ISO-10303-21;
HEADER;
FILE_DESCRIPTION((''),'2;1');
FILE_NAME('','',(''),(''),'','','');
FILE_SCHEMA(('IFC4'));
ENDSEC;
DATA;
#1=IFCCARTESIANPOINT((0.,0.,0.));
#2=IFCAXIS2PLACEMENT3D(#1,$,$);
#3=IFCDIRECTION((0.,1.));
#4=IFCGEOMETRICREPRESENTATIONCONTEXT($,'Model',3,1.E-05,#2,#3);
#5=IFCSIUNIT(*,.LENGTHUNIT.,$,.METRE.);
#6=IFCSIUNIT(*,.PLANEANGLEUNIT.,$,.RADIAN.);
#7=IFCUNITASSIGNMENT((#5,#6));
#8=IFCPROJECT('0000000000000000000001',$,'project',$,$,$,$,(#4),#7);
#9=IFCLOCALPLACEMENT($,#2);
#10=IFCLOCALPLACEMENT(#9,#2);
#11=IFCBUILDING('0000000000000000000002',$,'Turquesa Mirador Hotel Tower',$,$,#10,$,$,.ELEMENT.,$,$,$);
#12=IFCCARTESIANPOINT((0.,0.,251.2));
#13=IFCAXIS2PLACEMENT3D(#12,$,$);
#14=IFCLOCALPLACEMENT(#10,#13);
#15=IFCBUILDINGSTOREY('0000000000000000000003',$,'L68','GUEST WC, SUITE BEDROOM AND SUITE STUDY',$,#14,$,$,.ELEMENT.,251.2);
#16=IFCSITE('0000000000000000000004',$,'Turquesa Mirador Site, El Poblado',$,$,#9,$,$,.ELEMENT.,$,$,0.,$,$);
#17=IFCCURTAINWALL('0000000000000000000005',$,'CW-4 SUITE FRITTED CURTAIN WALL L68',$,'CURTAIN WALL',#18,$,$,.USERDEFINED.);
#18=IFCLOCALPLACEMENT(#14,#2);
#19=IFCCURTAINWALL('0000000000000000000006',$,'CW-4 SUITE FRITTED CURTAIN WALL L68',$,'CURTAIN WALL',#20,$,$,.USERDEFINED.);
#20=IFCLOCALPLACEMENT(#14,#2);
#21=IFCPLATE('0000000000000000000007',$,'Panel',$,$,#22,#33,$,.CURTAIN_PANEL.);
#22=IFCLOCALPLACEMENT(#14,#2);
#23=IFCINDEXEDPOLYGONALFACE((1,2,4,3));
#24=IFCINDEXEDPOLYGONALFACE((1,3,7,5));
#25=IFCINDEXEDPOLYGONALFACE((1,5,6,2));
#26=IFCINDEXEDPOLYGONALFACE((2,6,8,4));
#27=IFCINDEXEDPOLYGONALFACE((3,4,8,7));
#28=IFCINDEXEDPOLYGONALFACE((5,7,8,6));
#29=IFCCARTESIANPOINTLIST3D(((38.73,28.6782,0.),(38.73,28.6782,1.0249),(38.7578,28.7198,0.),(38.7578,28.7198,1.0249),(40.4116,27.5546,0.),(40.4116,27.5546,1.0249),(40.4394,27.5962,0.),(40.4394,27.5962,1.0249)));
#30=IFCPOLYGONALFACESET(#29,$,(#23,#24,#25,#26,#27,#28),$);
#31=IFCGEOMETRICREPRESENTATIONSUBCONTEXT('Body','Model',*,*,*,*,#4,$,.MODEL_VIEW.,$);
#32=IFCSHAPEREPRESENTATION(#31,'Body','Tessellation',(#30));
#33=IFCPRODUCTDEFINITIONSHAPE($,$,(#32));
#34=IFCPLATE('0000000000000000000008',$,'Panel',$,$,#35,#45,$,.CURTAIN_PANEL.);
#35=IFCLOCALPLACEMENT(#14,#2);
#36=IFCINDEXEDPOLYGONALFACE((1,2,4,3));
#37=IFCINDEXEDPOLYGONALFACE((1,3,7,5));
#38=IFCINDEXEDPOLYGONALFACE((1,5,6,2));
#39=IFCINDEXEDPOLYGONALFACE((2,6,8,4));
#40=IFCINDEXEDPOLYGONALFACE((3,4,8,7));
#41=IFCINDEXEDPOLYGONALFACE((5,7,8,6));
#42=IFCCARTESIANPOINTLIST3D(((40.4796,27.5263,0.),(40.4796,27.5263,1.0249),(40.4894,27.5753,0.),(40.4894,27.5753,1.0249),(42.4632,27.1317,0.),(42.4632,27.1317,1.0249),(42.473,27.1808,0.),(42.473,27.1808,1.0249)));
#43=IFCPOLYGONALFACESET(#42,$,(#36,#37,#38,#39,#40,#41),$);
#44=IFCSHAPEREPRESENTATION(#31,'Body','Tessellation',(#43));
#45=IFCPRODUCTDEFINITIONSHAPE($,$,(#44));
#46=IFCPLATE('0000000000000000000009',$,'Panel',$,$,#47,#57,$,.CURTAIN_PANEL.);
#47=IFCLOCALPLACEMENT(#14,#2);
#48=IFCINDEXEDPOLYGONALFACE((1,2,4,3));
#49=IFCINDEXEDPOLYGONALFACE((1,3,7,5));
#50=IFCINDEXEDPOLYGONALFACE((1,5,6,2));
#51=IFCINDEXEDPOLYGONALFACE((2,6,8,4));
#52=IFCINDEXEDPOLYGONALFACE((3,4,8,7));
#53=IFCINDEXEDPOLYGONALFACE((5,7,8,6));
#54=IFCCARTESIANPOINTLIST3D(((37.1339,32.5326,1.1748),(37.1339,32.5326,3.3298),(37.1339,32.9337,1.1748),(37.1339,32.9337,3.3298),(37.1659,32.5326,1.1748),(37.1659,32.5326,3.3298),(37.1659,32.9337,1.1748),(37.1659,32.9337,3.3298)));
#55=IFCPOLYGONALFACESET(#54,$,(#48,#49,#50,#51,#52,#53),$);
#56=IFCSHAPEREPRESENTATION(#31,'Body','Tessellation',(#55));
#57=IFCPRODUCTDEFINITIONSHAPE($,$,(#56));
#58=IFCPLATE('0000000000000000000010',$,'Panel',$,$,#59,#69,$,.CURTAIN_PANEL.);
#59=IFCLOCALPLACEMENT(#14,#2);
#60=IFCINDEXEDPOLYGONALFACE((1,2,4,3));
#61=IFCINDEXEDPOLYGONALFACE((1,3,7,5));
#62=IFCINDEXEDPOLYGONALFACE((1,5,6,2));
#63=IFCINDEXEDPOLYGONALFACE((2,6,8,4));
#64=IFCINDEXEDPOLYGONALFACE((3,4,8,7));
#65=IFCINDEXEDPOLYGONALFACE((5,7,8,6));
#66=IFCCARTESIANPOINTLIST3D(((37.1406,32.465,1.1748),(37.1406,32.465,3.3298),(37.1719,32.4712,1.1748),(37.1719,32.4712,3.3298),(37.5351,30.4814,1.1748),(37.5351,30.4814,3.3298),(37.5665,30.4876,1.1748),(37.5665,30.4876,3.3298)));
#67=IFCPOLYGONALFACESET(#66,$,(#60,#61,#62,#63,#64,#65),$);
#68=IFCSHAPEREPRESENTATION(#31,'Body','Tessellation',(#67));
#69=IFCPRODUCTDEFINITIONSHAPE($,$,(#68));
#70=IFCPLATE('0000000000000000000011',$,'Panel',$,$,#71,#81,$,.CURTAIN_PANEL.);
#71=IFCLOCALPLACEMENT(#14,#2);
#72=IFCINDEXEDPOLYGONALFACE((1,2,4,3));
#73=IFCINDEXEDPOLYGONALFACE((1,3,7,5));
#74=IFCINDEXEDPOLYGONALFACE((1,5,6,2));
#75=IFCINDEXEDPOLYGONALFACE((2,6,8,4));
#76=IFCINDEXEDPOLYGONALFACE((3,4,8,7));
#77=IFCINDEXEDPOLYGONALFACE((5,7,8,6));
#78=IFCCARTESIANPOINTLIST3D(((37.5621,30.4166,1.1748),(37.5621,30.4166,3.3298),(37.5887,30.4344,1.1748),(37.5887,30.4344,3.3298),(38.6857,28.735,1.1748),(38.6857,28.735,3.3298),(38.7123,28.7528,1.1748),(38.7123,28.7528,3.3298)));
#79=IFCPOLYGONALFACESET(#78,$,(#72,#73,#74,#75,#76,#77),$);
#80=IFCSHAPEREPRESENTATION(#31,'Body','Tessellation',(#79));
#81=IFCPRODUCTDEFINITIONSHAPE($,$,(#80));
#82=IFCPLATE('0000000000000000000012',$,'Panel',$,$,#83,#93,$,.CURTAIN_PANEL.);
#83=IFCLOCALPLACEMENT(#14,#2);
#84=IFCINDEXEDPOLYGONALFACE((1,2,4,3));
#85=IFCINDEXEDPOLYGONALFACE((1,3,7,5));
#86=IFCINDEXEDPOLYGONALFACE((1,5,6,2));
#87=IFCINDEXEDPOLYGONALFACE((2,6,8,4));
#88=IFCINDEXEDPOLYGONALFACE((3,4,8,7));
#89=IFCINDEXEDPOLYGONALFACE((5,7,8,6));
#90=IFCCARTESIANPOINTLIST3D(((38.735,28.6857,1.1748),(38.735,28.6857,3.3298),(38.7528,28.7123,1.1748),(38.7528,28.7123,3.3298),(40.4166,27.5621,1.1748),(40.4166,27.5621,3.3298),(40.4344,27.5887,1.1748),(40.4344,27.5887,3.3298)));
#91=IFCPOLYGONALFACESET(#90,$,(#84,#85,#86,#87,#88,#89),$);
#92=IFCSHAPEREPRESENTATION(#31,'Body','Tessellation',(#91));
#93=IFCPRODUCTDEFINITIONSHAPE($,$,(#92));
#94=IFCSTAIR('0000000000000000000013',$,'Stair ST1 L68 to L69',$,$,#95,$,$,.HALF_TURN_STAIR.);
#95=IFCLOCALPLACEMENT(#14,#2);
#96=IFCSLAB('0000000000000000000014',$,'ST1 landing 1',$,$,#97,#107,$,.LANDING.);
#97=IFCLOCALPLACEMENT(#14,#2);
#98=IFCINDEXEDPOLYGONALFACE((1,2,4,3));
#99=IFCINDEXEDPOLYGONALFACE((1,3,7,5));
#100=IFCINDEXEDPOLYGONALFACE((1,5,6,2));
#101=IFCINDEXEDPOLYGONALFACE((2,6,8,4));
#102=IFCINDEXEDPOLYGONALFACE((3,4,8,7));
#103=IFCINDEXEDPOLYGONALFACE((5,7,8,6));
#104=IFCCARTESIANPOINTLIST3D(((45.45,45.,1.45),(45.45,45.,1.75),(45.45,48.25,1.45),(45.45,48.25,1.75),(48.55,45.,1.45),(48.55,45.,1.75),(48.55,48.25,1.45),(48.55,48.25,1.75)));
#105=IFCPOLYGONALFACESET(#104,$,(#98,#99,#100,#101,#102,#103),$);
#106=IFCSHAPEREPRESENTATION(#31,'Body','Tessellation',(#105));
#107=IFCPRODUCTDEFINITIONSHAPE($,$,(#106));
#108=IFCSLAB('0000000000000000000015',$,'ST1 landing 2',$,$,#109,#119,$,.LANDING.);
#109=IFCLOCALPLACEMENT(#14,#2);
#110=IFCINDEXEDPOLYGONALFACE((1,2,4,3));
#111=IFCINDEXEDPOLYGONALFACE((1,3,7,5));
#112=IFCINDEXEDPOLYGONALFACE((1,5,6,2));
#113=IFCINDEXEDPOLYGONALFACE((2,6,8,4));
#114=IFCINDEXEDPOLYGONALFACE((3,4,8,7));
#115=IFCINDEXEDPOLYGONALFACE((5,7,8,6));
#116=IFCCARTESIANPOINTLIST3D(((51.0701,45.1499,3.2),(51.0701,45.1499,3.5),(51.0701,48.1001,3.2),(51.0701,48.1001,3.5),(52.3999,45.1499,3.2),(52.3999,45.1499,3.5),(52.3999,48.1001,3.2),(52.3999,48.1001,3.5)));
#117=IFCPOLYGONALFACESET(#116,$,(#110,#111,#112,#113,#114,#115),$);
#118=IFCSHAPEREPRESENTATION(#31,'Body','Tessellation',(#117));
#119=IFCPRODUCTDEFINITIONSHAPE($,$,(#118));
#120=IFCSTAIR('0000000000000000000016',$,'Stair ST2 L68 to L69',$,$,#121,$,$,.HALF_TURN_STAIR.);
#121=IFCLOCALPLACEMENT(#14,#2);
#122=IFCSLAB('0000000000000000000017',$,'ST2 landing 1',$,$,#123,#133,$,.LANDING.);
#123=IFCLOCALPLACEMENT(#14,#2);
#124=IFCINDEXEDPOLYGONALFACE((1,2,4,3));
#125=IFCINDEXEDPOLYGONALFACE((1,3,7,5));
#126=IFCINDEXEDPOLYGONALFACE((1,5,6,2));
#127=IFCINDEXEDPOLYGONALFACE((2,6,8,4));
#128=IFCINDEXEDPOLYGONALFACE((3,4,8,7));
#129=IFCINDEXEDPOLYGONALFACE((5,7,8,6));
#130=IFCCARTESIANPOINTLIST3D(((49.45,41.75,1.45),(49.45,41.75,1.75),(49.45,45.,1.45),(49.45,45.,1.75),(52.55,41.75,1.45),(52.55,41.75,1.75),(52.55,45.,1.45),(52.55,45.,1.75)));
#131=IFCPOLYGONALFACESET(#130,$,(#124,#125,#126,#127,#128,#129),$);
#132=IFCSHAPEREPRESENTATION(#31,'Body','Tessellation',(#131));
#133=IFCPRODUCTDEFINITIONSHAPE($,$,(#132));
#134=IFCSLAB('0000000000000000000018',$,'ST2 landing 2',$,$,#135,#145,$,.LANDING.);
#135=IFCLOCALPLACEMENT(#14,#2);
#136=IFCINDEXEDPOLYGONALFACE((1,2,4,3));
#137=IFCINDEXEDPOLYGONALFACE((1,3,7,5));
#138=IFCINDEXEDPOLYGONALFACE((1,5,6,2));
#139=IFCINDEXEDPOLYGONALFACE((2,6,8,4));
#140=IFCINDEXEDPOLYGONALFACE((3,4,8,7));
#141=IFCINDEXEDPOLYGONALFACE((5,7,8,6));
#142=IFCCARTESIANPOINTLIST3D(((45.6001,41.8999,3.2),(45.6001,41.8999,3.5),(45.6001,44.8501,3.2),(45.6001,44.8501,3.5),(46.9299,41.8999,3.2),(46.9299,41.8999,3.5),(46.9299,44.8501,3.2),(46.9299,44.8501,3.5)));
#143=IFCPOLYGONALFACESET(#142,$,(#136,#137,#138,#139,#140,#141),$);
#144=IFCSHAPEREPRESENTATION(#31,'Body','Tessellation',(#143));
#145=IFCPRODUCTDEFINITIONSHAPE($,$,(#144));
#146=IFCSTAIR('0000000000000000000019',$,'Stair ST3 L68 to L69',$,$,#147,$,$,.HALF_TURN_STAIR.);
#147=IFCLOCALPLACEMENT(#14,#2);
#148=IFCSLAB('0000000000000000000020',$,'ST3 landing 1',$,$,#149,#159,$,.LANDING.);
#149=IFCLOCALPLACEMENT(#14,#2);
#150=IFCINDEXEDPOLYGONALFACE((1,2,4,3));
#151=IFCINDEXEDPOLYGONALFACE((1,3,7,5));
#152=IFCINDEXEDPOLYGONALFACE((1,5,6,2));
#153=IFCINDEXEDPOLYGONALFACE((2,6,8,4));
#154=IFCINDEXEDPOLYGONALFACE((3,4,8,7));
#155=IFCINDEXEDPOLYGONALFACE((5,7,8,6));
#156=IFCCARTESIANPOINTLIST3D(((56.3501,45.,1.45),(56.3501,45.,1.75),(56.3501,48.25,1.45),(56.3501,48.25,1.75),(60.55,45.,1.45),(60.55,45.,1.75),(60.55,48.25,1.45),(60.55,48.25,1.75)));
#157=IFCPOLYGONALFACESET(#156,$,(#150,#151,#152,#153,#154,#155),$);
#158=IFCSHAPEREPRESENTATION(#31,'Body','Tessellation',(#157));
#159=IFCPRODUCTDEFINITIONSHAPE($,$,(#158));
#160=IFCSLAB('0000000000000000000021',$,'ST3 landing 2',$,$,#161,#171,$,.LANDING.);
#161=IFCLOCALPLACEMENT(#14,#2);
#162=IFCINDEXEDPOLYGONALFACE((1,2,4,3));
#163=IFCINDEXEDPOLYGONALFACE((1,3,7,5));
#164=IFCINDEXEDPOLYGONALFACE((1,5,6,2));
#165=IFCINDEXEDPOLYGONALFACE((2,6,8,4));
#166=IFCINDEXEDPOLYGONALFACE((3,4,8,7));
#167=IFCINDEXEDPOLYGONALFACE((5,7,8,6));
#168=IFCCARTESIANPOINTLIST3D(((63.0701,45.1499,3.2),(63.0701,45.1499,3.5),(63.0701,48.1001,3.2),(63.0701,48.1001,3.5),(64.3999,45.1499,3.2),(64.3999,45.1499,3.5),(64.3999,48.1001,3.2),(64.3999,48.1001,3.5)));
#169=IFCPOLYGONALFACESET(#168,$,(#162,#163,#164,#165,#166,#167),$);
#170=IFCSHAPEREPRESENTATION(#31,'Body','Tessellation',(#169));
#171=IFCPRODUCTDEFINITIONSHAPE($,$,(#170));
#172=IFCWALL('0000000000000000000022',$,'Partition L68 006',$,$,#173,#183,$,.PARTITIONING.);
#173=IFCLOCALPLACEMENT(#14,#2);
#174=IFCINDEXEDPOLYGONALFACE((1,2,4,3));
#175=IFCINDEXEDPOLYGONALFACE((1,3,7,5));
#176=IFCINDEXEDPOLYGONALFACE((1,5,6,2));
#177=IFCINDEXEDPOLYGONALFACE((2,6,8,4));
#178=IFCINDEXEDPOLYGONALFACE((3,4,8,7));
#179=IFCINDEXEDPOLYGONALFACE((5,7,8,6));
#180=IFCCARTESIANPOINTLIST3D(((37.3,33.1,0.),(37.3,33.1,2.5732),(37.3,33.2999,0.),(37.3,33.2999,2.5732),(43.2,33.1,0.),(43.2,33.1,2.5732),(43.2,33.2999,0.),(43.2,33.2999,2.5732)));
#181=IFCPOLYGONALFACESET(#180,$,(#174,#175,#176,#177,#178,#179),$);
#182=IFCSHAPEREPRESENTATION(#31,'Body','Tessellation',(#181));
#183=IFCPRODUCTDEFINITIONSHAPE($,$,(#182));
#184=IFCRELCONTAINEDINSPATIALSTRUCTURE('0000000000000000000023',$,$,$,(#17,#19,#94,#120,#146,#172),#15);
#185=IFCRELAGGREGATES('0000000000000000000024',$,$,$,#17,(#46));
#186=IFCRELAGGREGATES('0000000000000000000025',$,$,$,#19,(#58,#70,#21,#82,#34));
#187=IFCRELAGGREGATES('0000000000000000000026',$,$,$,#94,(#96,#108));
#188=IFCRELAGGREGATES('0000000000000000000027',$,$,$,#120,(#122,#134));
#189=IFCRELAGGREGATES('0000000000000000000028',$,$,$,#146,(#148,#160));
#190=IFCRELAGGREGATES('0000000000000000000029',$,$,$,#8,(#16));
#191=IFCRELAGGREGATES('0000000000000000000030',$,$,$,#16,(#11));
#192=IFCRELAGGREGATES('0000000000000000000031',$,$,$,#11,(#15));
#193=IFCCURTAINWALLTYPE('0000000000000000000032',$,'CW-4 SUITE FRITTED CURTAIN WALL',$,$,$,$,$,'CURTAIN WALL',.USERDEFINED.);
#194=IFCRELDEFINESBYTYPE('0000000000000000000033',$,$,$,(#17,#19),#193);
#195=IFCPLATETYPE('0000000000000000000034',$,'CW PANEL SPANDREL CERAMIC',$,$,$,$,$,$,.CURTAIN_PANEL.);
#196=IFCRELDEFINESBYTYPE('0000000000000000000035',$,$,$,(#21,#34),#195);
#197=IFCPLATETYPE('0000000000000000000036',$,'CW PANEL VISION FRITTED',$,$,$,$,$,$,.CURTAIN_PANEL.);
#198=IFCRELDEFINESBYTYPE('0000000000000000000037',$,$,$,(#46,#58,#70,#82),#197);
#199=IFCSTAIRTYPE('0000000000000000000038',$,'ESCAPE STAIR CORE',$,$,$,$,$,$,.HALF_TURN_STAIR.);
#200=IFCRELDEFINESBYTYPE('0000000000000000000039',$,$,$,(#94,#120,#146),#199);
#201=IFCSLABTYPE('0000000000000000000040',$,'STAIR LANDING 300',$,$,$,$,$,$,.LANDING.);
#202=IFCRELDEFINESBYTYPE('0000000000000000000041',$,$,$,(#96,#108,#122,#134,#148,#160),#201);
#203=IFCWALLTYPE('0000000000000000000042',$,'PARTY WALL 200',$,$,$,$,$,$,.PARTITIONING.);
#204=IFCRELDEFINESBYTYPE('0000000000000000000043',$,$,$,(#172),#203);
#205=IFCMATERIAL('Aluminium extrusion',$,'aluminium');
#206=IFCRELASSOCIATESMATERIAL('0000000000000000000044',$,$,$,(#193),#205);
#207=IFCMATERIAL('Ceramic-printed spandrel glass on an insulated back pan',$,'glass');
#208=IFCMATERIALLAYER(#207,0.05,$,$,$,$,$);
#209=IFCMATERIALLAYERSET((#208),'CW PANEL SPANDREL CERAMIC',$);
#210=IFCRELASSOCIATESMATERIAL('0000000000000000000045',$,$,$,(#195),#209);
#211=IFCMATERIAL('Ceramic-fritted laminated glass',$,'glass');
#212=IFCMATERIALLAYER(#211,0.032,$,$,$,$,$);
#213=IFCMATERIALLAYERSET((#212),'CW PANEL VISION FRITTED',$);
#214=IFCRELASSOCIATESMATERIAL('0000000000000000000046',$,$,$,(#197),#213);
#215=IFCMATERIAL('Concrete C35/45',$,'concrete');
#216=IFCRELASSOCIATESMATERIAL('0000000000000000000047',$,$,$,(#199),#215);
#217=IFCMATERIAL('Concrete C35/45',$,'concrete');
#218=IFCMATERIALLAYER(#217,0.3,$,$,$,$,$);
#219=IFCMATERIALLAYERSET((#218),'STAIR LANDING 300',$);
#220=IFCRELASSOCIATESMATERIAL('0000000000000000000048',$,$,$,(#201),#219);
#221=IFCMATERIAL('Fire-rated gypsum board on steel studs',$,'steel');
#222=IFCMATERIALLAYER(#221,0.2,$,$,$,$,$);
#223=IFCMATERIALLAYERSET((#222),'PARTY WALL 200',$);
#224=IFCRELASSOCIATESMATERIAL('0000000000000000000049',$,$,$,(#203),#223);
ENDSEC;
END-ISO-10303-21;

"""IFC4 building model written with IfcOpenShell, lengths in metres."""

from ifc_helpers import new_model, si_unit, direction, frame, frame_2d, origin, origin_2d, place, context, subcontext, project, spatial, polyline, rectangle, outline, extrude, material, layer, layer_set, type_object, element, aggregate, save


model = new_model("IFC4")

# Units and contexts
model_context = context("Model", 3, precision=1e-05, world=origin(), true_north=direction((0.0, 1.0)))
body_context = subcontext(model_context, "Body", "Model", "MODEL_VIEW")
ifc_project = project(units=[si_unit("LENGTHUNIT", "METRE"), si_unit("PLANEANGLEUNIT", "RADIAN")], contexts=[model_context])

# Site, building, storey
site_placement = place(None, origin())
site = spatial("IfcSite", under=ifc_project, at=site_placement, Name="Turquesa Mirador Site, El Poblado", CompositionType="ELEMENT", RefElevation=0.0)
building_placement = place(site_placement, origin())
building = spatial("IfcBuilding", under=site, at=building_placement, Name="Turquesa Mirador Hotel Tower", CompositionType="ELEMENT")
storey_placement = place(building_placement, frame((0.0, 0.0, 251.2)))
storey = spatial("IfcBuildingStorey", under=building, at=storey_placement, Name="L68", Description="GUEST WC, SUITE BEDROOM AND SUITE STUDY", CompositionType="ELEMENT", Elevation=251.2)

# Curtain walls
ifc_material_1 = material(Name="Aluminium extrusion", Category="aluminium")
curtain_wall_type = type_object("IfcCurtainWallType", Name="CW-4 SUITE FRITTED CURTAIN WALL", ElementType="CURTAIN WALL", PredefinedType="USERDEFINED", material=ifc_material_1)
curtain_wall_1_placement = place(storey_placement, origin())
curtain_wall_1 = element("IfcCurtainWall", 1, at=curtain_wall_1_placement, inside=storey, type_object=curtain_wall_type, Name="CW-4 SUITE FRITTED CURTAIN WALL L68", ObjectType="CURTAIN WALL", PredefinedType="USERDEFINED")
curtain_wall_2_placement = place(storey_placement, origin())
curtain_wall_2 = element("IfcCurtainWall", 2, at=curtain_wall_2_placement, inside=storey, type_object=curtain_wall_type, Name="CW-4 SUITE FRITTED CURTAIN WALL L68", ObjectType="CURTAIN WALL", PredefinedType="USERDEFINED")

# Plates
ifc_material_2 = material(Name="Ceramic-printed spandrel glass on an insulated back pan", Category="glass")
ifc_layer_1 = layer(ifc_material_2, 0.05)
ifc_layer_set_1 = layer_set([ifc_layer_1], Name="CW PANEL SPANDREL CERAMIC")
plate_type_1 = type_object("IfcPlateType", Name="CW PANEL SPANDREL CERAMIC", PredefinedType="CURTAIN_PANEL", material=ifc_layer_set_1)
plate_1_placement = place(storey_placement, frame((39.5847, 28.1372, 0.0), z_axis=(0.0, 0.0, 1.0), x_axis=(0.83147, -0.55557, 0.0)))
plate_1 = element("IfcPlate", 3, at=plate_1_placement, type_object=plate_type_1, Name="Panel", PredefinedType="CURTAIN_PANEL", context=body_context, shape_type="SweptSolid", body=[
    extrude(rectangle(XDim=2.0225, YDim=0.05, at=origin_2d()), origin(), (0.0, 0.0, 1.0), 1.0249),
])
plate_2_placement = place(storey_placement, frame((41.4763, 27.3535, 0.0), z_axis=(0.0, 0.0, 1.0), x_axis=(0.980785, -0.195091, 0.0)))
plate_2 = element("IfcPlate", 4, at=plate_2_placement, type_object=plate_type_1, Name="Panel", PredefinedType="CURTAIN_PANEL", context=body_context, shape_type="SweptSolid", body=[
    extrude(rectangle(XDim=2.0225, YDim=0.05, at=origin_2d()), origin(), (0.0, 0.0, 1.0), 1.0249),
])
ifc_material_3 = material(Name="Ceramic-fritted laminated glass", Category="glass")
ifc_layer_2 = layer(ifc_material_3, 0.032)
ifc_layer_set_2 = layer_set([ifc_layer_2], Name="CW PANEL VISION FRITTED")
plate_type_2 = type_object("IfcPlateType", Name="CW PANEL VISION FRITTED", PredefinedType="CURTAIN_PANEL", material=ifc_layer_set_2)
plate_3_placement = place(storey_placement, frame((37.1499, 32.7332, 1.1748), z_axis=(0.0, 0.0, 1.0), x_axis=(0.0, -1.0, 0.0)))
plate_3 = element("IfcPlate", 5, at=plate_3_placement, type_object=plate_type_2, Name="Panel", PredefinedType="CURTAIN_PANEL", context=body_context, shape_type="SweptSolid", body=[
    extrude(rectangle(XDim=0.4011, YDim=0.032, at=origin_2d()), origin(), (0.0, 0.0, 1.0), 2.155),
])
aggregate(curtain_wall_1, [plate_3])
plate_4_placement = place(storey_placement, frame((37.3535, 31.4763, 1.1748), z_axis=(0.0, 0.0, 1.0), x_axis=(0.195091, -0.980785, 0.0)))
plate_4 = element("IfcPlate", 6, at=plate_4_placement, type_object=plate_type_2, Name="Panel", PredefinedType="CURTAIN_PANEL", context=body_context, shape_type="SweptSolid", body=[
    extrude(rectangle(XDim=2.0225, YDim=0.032, at=origin_2d()), origin(), (0.0, 0.0, 1.0), 2.155),
])
plate_5_placement = place(storey_placement, frame((38.1372, 29.5847, 1.1748), z_axis=(0.0, 0.0, 1.0), x_axis=(0.55557, -0.83147, 0.0)))
plate_5 = element("IfcPlate", 7, at=plate_5_placement, type_object=plate_type_2, Name="Panel", PredefinedType="CURTAIN_PANEL", context=body_context, shape_type="SweptSolid", body=[
    extrude(rectangle(XDim=2.0225, YDim=0.032, at=origin_2d()), origin(), (0.0, 0.0, 1.0), 2.155),
])
plate_6_placement = place(storey_placement, frame((39.5847, 28.1372, 1.1748), z_axis=(0.0, 0.0, 1.0), x_axis=(0.83147, -0.55557, 0.0)))
plate_6 = element("IfcPlate", 8, at=plate_6_placement, type_object=plate_type_2, Name="Panel", PredefinedType="CURTAIN_PANEL", context=body_context, shape_type="SweptSolid", body=[
    extrude(rectangle(XDim=2.0225, YDim=0.032, at=origin_2d()), origin(), (0.0, 0.0, 1.0), 2.155),
])
aggregate(curtain_wall_2, [plate_4, plate_5, plate_1, plate_6, plate_2])

# Stairs, slabs
ifc_material_4 = material(Name="Concrete C35/45", Category="concrete")
stair_type = type_object("IfcStairType", Name="ESCAPE STAIR CORE", PredefinedType="HALF_TURN_STAIR", material=ifc_material_4)
stair_1_placement = place(storey_placement, origin())
stair_1 = element("IfcStair", 9, at=stair_1_placement, inside=storey, type_object=stair_type, Name="Stair ST1 L68 to L69", PredefinedType="HALF_TURN_STAIR")
ifc_material_5 = material(Name="Concrete C35/45", Category="concrete")
ifc_layer_3 = layer(ifc_material_5, 0.3)
ifc_layer_set_3 = layer_set([ifc_layer_3], Name="STAIR LANDING 300")
slab_type_1 = type_object("IfcSlabType", Name="STAIR LANDING 300", PredefinedType="LANDING", material=ifc_layer_set_3)
slab_1_placement = place(storey_placement, frame((0.0, 0.0, 1.45)))
slab_1 = element("IfcSlab", 10, at=slab_1_placement, type_object=slab_type_1, Name="ST1 landing 1", PredefinedType="LANDING", context=body_context, shape_type="SweptSolid", body=[
    extrude(outline(polyline([(45.45, 45.0), (48.55, 45.0), (48.55, 48.25), (45.45, 48.25), (45.45, 45.0)])), origin(), (0.0, 0.0, 1.0), 0.3),
])
slab_2_placement = place(storey_placement, frame((0.0, 0.0, 3.2)))
slab_2 = element("IfcSlab", 11, at=slab_2_placement, type_object=slab_type_1, Name="ST1 landing 2", PredefinedType="LANDING", context=body_context, shape_type="SweptSolid", body=[
    extrude(outline(polyline([(51.0701, 45.1499), (52.3999, 45.1499), (52.3999, 48.1001), (51.0701, 48.1001), (51.0701, 45.1499)])), origin(), (0.0, 0.0, 1.0), 0.3),
])
aggregate(stair_1, [slab_1, slab_2])
stair_2_placement = place(storey_placement, origin())
stair_2 = element("IfcStair", 12, at=stair_2_placement, inside=storey, type_object=stair_type, Name="Stair ST2 L68 to L69", PredefinedType="HALF_TURN_STAIR")
slab_3_placement = place(storey_placement, frame((0.0, 0.0, 1.45)))
slab_3 = element("IfcSlab", 13, at=slab_3_placement, type_object=slab_type_1, Name="ST2 landing 1", PredefinedType="LANDING", context=body_context, shape_type="SweptSolid", body=[
    extrude(outline(polyline([(52.55, 45.0), (49.45, 45.0), (49.45, 41.75), (52.55, 41.75), (52.55, 45.0)])), origin(), (0.0, 0.0, 1.0), 0.3),
])
slab_4_placement = place(storey_placement, frame((0.0, 0.0, 3.2)))
slab_4 = element("IfcSlab", 14, at=slab_4_placement, type_object=slab_type_1, Name="ST2 landing 2", PredefinedType="LANDING", context=body_context, shape_type="SweptSolid", body=[
    extrude(outline(polyline([(46.9299, 44.8501), (45.6001, 44.8501), (45.6001, 41.8999), (46.9299, 41.8999), (46.9299, 44.8501)])), origin(), (0.0, 0.0, 1.0), 0.3),
])
aggregate(stair_2, [slab_3, slab_4])
stair_3_placement = place(storey_placement, origin())
stair_3 = element("IfcStair", 15, at=stair_3_placement, inside=storey, type_object=stair_type, Name="Stair ST3 L68 to L69", PredefinedType="HALF_TURN_STAIR")
slab_5_placement = place(storey_placement, frame((0.0, 0.0, 1.45)))
slab_5 = element("IfcSlab", 16, at=slab_5_placement, type_object=slab_type_1, Name="ST3 landing 1", PredefinedType="LANDING", context=body_context, shape_type="SweptSolid", body=[
    extrude(outline(polyline([(56.3501, 45.0), (60.55, 45.0), (60.55, 48.25), (56.3501, 48.25), (56.3501, 45.0)])), origin(), (0.0, 0.0, 1.0), 0.3),
])
slab_6_placement = place(storey_placement, frame((0.0, 0.0, 3.2)))
slab_6 = element("IfcSlab", 17, at=slab_6_placement, type_object=slab_type_1, Name="ST3 landing 2", PredefinedType="LANDING", context=body_context, shape_type="SweptSolid", body=[
    extrude(outline(polyline([(63.0701, 45.1499), (64.3999, 45.1499), (64.3999, 48.1001), (63.0701, 48.1001), (63.0701, 45.1499)])), origin(), (0.0, 0.0, 1.0), 0.3),
])
aggregate(stair_3, [slab_5, slab_6])

# Wall
ifc_material_6 = material(Name="Fire-rated gypsum board on steel studs", Category="steel")
ifc_layer_4 = layer(ifc_material_6, 0.2)
ifc_layer_set_4 = layer_set([ifc_layer_4], Name="PARTY WALL 200")
wall_type = type_object("IfcWallType", Name="PARTY WALL 200", PredefinedType="PARTITIONING", material=ifc_layer_set_4)
wall_placement = place(storey_placement, frame((37.3, 33.2, 0.0), z_axis=(0.0, 0.0, 1.0), x_axis=(1.0, 0.0, 0.0)))
element("IfcWall", 18, at=wall_placement, inside=storey, type_object=wall_type, Name="Partition L68 006", PredefinedType="PARTITIONING", context=body_context, shape_type="SweptSolid", body=[
    extrude(rectangle(XDim=5.8999, YDim=0.2, at=frame_2d((2.95, 0.0))), origin(), (0.0, 0.0, 1.0), 2.5732),
])

save(model, "model.ifc")
